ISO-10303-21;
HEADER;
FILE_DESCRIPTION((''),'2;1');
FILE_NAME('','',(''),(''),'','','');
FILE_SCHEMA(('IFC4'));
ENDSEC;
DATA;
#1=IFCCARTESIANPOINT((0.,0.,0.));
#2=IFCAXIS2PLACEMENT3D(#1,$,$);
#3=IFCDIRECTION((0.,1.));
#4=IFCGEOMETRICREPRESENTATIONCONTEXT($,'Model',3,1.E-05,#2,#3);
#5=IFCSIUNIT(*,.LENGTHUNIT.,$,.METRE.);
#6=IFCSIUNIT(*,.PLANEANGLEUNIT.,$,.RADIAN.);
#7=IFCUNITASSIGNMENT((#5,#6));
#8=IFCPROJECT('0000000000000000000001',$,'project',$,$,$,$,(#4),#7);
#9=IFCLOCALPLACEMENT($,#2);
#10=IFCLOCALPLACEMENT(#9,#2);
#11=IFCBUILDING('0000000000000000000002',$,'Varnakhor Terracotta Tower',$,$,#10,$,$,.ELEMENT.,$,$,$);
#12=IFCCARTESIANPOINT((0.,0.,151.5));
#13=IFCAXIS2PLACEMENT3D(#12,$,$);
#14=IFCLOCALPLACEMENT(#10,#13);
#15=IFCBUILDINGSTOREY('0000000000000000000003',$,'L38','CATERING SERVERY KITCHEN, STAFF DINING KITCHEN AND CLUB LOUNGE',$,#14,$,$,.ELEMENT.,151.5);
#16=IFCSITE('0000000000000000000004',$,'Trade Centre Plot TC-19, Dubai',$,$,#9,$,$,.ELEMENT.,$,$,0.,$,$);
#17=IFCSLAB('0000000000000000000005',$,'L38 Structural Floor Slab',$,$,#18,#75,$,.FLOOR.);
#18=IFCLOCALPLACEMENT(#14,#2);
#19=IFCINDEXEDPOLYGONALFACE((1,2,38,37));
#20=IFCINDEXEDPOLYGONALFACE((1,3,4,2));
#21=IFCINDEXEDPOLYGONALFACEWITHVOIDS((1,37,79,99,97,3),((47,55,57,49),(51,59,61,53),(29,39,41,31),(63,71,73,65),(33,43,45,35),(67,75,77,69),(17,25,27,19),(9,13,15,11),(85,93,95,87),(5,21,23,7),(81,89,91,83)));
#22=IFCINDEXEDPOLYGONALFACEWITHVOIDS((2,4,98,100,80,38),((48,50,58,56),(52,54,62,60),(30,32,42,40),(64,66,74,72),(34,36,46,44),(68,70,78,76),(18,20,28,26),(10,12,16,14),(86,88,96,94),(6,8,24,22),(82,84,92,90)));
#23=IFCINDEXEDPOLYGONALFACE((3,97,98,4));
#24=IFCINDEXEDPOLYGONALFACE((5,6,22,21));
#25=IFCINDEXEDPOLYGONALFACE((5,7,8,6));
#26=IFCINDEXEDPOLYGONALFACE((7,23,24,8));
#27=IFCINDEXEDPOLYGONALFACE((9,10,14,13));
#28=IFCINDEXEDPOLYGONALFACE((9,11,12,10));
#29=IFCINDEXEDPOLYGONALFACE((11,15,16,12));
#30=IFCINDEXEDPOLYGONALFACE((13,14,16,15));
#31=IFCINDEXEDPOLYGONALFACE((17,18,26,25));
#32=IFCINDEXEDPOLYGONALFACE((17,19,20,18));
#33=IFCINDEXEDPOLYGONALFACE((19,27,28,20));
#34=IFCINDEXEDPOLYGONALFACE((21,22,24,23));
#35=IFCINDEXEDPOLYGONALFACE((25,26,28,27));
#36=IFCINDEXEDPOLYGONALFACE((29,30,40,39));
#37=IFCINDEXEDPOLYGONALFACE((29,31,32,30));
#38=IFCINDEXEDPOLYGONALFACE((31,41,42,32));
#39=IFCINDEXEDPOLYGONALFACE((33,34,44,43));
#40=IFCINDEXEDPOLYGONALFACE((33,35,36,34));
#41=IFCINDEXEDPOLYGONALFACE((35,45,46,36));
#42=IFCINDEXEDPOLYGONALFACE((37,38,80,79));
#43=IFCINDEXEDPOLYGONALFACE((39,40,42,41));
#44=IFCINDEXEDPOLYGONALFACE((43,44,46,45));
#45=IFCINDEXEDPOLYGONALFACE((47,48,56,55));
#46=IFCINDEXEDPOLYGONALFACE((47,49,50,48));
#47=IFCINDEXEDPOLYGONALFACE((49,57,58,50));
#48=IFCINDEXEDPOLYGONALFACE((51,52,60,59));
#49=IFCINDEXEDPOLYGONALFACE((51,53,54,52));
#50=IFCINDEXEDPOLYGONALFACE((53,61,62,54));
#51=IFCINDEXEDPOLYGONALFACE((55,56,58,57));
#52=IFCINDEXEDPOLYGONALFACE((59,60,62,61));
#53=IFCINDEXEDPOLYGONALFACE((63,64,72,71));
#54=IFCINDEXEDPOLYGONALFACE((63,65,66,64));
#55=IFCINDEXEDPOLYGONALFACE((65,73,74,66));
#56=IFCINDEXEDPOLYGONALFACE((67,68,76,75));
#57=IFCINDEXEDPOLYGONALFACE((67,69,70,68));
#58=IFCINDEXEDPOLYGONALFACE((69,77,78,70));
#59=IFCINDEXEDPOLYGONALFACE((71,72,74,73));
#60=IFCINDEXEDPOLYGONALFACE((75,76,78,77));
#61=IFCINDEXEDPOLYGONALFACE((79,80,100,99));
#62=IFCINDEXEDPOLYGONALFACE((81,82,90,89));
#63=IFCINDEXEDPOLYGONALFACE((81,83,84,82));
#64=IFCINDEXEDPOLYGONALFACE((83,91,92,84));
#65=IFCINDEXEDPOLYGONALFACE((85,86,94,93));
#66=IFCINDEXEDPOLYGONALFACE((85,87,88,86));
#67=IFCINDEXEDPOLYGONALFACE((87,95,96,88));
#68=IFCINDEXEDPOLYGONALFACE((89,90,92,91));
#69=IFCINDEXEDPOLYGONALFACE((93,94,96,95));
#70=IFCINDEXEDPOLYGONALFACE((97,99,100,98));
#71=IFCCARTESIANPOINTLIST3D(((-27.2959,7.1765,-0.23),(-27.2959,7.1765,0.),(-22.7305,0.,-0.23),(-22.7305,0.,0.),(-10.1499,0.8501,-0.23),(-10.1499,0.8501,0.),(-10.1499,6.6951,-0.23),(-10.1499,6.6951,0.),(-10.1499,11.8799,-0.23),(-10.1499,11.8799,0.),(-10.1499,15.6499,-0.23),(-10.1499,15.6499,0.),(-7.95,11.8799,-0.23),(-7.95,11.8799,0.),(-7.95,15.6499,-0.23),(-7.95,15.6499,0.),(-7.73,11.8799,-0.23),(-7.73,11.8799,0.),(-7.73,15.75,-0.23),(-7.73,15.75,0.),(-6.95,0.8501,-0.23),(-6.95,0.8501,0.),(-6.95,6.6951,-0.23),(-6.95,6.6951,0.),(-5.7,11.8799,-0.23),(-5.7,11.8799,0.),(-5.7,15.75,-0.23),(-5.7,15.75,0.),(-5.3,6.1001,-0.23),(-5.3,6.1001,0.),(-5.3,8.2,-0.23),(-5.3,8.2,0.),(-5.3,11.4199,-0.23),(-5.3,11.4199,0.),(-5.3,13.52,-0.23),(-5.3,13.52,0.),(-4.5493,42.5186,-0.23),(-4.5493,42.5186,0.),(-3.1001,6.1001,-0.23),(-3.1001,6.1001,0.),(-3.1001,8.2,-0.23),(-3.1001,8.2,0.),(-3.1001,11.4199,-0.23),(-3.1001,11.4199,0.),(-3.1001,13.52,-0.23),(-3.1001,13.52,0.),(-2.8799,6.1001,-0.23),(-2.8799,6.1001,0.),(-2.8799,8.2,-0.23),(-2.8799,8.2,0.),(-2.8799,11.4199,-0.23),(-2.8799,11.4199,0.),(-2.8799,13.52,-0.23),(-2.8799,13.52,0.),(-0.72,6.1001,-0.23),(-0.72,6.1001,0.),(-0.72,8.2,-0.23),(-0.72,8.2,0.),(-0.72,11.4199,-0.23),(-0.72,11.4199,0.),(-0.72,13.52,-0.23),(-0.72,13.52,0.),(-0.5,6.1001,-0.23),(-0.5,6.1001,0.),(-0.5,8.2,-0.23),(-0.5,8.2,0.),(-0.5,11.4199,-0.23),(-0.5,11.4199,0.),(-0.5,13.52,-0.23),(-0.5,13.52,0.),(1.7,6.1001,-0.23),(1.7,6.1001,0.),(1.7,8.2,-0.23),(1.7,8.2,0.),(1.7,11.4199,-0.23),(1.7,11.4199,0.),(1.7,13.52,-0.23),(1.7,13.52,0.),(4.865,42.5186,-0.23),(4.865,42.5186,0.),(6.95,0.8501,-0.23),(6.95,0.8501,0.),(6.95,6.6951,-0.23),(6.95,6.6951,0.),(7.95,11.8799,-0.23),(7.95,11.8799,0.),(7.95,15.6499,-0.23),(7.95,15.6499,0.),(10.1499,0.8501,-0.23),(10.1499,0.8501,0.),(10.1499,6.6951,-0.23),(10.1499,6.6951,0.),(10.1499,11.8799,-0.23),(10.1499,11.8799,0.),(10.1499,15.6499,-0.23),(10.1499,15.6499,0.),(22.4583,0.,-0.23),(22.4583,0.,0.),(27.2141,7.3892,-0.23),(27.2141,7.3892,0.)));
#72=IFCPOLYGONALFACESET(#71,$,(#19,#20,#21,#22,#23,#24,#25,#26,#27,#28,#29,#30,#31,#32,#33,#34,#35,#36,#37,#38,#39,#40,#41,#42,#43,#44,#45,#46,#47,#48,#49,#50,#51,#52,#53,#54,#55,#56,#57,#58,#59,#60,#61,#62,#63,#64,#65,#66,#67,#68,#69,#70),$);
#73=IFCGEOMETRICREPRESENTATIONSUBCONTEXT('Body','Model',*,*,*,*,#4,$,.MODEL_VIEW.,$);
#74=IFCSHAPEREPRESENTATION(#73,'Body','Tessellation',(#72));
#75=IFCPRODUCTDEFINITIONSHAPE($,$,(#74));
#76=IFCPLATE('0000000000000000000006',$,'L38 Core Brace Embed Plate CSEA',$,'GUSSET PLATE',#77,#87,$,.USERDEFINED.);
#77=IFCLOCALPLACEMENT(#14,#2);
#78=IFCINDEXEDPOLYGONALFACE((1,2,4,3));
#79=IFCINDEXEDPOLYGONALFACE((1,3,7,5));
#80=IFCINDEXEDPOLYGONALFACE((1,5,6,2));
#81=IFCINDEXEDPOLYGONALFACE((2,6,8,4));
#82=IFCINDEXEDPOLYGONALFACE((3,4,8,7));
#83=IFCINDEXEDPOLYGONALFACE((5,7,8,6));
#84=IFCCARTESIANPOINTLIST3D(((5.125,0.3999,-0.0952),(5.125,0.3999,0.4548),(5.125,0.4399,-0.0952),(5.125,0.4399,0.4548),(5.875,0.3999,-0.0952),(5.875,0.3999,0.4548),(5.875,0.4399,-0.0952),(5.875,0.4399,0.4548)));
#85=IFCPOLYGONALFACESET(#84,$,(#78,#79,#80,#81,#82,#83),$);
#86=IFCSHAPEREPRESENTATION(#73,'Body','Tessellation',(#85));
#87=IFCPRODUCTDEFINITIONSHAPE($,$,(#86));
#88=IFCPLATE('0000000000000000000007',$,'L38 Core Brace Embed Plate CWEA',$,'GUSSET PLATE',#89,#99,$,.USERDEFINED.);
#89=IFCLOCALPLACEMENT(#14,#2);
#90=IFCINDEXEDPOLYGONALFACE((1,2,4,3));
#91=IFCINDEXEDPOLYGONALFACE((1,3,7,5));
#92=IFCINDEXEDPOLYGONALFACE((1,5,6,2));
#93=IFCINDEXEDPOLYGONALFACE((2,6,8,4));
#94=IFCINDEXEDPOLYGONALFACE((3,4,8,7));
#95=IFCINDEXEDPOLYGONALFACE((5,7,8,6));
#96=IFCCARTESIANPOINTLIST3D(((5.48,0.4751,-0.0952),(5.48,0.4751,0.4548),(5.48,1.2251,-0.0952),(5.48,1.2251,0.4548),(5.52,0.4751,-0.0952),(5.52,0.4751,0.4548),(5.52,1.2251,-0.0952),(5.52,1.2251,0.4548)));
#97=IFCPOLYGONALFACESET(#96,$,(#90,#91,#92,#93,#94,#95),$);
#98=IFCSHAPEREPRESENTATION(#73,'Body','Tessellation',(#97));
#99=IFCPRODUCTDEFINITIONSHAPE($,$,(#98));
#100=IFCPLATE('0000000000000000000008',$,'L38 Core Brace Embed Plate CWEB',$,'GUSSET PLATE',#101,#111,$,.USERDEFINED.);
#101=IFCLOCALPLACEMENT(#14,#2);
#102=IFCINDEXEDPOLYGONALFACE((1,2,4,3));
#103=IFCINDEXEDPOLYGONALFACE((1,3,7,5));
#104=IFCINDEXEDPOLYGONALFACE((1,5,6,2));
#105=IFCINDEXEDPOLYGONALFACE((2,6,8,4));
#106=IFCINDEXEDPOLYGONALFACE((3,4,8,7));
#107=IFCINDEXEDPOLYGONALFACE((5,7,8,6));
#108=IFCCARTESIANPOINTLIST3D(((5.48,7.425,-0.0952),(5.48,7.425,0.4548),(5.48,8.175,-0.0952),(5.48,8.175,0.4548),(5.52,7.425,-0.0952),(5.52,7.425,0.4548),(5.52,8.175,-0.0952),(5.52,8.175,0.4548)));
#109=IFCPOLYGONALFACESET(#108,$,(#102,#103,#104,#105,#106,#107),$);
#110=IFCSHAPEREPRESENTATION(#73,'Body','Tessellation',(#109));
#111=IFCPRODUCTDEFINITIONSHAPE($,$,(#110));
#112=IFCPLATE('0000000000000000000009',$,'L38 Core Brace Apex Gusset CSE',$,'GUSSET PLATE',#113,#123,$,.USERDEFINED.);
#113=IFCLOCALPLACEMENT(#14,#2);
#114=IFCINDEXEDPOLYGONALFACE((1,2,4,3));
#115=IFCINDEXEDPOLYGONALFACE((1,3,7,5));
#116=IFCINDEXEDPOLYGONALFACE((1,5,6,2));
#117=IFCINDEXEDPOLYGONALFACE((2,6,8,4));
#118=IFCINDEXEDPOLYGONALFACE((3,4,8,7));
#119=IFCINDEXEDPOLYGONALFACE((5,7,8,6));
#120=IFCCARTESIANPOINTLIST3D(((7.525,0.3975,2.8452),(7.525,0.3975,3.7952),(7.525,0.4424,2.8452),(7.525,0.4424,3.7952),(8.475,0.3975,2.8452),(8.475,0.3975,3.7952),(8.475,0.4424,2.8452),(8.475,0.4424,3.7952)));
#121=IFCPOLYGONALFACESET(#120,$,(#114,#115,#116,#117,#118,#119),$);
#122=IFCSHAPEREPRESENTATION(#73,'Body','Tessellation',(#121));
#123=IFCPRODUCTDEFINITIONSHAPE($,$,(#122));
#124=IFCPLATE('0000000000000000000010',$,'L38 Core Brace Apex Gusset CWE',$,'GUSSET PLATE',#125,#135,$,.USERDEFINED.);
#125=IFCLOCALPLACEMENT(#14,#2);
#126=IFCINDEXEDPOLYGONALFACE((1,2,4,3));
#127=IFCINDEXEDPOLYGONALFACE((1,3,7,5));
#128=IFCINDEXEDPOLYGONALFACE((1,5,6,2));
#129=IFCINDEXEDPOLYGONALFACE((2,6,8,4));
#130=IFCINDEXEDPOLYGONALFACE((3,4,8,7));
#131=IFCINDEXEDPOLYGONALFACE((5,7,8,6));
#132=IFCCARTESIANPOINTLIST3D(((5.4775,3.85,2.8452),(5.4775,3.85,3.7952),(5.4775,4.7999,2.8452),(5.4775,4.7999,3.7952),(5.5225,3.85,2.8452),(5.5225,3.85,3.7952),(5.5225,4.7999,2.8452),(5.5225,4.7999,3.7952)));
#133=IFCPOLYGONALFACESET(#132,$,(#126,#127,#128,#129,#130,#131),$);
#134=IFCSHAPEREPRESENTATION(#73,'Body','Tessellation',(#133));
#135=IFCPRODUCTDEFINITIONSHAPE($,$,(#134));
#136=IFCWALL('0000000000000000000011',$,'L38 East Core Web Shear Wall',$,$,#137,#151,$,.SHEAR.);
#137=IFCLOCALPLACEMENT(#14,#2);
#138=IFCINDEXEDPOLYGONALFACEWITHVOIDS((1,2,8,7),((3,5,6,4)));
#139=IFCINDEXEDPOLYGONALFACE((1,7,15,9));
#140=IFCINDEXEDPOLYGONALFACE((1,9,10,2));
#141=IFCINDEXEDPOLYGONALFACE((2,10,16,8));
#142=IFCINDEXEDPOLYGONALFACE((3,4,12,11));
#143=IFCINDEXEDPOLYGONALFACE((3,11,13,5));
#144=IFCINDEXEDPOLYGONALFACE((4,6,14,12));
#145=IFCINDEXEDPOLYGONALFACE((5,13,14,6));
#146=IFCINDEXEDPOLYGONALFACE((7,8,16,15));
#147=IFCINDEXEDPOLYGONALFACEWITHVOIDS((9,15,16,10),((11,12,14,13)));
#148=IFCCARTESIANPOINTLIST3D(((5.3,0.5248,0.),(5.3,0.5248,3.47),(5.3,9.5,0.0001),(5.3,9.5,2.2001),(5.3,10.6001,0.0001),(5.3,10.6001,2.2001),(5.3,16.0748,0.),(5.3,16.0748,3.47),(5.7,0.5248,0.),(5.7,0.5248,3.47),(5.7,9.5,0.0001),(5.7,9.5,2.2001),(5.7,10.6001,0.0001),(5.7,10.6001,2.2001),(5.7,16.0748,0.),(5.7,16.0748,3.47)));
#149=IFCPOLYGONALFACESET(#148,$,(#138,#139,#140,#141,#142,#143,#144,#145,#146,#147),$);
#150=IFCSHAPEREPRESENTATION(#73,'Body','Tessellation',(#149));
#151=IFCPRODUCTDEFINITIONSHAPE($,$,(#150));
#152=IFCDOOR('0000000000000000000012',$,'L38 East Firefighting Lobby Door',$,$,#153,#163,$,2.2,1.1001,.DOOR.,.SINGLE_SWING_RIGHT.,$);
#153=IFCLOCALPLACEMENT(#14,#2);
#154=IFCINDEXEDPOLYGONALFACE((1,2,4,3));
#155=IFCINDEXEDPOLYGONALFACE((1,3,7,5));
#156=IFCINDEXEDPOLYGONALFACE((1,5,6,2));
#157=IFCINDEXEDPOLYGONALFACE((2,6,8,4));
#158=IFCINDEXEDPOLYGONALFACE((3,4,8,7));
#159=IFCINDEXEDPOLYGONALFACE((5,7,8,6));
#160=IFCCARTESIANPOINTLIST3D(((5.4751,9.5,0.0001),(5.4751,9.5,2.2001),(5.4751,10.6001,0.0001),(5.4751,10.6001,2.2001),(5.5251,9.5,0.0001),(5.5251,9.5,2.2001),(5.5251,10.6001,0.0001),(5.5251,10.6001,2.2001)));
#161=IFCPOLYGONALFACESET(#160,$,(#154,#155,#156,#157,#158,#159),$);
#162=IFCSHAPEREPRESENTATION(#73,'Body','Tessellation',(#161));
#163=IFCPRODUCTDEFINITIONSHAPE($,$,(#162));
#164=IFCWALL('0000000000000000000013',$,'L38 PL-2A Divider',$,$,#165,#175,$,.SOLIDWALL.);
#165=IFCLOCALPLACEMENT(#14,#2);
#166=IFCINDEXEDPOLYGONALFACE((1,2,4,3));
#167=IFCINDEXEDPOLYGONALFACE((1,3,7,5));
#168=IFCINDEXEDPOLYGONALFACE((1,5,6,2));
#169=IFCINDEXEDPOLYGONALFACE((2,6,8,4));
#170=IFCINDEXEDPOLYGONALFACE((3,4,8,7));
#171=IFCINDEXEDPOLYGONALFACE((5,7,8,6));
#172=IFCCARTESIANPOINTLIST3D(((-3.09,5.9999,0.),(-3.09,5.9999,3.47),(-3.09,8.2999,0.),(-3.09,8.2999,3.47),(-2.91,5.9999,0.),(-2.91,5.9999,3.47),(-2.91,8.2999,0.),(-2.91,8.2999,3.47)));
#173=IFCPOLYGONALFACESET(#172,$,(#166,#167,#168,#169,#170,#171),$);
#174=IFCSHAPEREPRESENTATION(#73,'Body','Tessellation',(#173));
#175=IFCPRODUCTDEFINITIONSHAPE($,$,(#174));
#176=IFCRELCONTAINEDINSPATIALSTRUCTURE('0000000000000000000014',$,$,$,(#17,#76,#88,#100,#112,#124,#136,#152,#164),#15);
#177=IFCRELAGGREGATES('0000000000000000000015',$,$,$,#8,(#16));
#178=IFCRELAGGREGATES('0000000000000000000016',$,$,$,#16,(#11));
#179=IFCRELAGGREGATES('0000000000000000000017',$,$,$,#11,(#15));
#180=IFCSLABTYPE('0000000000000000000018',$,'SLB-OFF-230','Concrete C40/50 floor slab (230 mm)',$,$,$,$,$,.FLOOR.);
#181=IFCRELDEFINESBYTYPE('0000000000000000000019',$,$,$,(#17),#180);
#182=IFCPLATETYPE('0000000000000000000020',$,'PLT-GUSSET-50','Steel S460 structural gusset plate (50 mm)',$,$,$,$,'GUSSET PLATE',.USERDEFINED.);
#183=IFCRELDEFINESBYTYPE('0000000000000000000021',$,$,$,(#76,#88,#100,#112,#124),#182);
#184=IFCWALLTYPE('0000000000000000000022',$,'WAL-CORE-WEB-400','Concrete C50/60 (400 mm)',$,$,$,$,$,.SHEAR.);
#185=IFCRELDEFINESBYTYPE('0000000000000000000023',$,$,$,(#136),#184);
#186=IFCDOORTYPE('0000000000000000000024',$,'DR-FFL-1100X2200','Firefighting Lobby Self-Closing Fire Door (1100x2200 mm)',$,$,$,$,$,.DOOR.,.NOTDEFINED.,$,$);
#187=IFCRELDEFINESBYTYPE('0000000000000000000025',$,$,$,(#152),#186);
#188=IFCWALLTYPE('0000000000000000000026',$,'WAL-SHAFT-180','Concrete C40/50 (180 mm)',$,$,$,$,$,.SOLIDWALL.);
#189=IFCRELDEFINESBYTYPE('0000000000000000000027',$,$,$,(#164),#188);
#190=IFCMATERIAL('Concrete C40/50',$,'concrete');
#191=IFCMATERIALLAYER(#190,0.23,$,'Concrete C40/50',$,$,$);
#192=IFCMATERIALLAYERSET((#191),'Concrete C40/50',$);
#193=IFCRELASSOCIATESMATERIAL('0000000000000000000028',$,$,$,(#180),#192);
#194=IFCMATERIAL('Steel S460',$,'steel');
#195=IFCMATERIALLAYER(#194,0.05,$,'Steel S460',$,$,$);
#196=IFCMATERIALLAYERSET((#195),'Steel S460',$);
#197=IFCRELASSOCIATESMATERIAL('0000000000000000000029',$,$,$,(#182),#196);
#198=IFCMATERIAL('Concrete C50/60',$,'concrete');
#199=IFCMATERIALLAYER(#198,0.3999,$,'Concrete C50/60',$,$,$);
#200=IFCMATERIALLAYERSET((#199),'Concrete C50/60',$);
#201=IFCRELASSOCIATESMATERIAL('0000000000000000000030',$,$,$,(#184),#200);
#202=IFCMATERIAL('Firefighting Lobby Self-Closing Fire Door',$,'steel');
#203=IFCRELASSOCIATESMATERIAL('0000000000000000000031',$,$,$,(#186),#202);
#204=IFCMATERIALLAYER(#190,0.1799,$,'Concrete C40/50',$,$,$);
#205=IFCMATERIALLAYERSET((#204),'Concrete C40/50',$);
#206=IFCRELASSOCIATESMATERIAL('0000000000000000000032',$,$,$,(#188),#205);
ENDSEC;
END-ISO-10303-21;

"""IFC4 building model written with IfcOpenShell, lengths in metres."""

from ifc_helpers import new_model, si_unit, direction, frame, frame_2d, origin, origin_2d, place, context, subcontext, project, spatial, polyline, rectangle, outline, extrude, source, transform, mapped, material, layer, layer_set, type_object, type_shapes, element, fill, save


model = new_model("IFC4")

# Units and contexts
model_context = context("Model", 3, precision=1e-05, world=origin(), true_north=direction((0.0, 1.0)))
body_context = subcontext(model_context, "Body", "Model", "MODEL_VIEW")
ifc_project = project(units=[si_unit("LENGTHUNIT", "METRE"), si_unit("PLANEANGLEUNIT", "RADIAN")], contexts=[model_context])

# Site, building, storey
site_placement = place(None, origin())
site = spatial("IfcSite", under=ifc_project, at=site_placement, Name="Trade Centre Plot TC-19, Dubai", CompositionType="ELEMENT", RefElevation=0.0)
building_placement = place(site_placement, origin())
building = spatial("IfcBuilding", under=site, at=building_placement, Name="Varnakhor Terracotta Tower", CompositionType="ELEMENT")
storey_placement = place(building_placement, frame((0.0, 0.0, 151.5)))
storey = spatial("IfcBuildingStorey", under=building, at=storey_placement, Name="L38", Description="CATERING SERVERY KITCHEN, STAFF DINING KITCHEN AND CLUB LOUNGE", CompositionType="ELEMENT", Elevation=151.5)

# Shared definitions
ifc_material_1 = material(Name="Concrete C50/60", Category="concrete")

# Shared definitions
ifc_material_2 = material(Name="Steel S460", Category="steel")

# Shared definitions
ifc_material_3 = material(Name="Concrete C40/50", Category="concrete")

# Slab
ifc_layer_1 = layer(ifc_material_3, 0.23, Name="Concrete C40/50")
ifc_layer_set_1 = layer_set([ifc_layer_1], Name="Concrete C40/50")
slab_type_1 = type_object("IfcSlabType", Name="SLB-OFF-230", Description="Concrete C40/50 floor slab (230 mm)", PredefinedType="FLOOR", material=ifc_layer_set_1)
slab_1_placement = place(storey_placement, frame((0.0, 0.0, -0.23)))
element("IfcSlab", 1, at=slab_1_placement, inside=storey, type_object=slab_type_1, Name="L38 Structural Floor Slab", PredefinedType="FLOOR", context=body_context, shape_type="SweptSolid", body=[
    extrude(outline(polyline([(-27.2959, 7.1765), (-4.5493, 42.5186), (4.865, 42.5186), (27.2141, 7.3892), (22.4583, 0.0), (-22.7305, 0.0), (-27.2959, 7.1765)]), holes=[polyline([(-6.95, 0.8501), (-6.95, 6.6951), (-10.1499, 6.6951), (-10.1499, 0.8501), (-6.95, 0.8501)]), polyline([(-3.1001, 6.1001), (-3.1001, 8.2), (-5.3, 8.2), (-5.3, 6.1001), (-3.1001, 6.1001)]), polyline([(-0.72, 6.1001), (-0.72, 8.2), (-2.8799, 8.2), (-2.8799, 6.1001), (-0.72, 6.1001)]), polyline([(-5.3, 11.4199), (-3.1001, 11.4199), (-3.1001, 13.52), (-5.3, 13.52), (-5.3, 11.4199)]), polyline([(-10.1499, 11.8799), (-7.95, 11.8799), (-7.95, 15.6499), (-10.1499, 15.6499), (-10.1499, 11.8799)]), polyline([(-5.7, 11.8799), (-5.7, 15.75), (-7.73, 15.75), (-7.73, 11.8799), (-5.7, 11.8799)]), polyline([(6.95, 0.8501), (10.1499, 0.8501), (10.1499, 6.6951), (6.95, 6.6951), (6.95, 0.8501)]), polyline([(-0.5, 6.1001), (1.7, 6.1001), (1.7, 8.2), (-0.5, 8.2), (-0.5, 6.1001)]), polyline([(-0.72, 11.4199), (-0.72, 13.52), (-2.8799, 13.52), (-2.8799, 11.4199), (-0.72, 11.4199)]), polyline([(-0.5, 11.4199), (1.7, 11.4199), (1.7, 13.52), (-0.5, 13.52), (-0.5, 11.4199)]), polyline([(7.95, 11.8799), (10.1499, 11.8799), (10.1499, 15.6499), (7.95, 15.6499), (7.95, 11.8799)])]), origin(), (0.0, 0.0, 1.0), 0.23),
])

# Plates
ifc_layer_2 = layer(ifc_material_2, 0.05, Name="Steel S460")
ifc_layer_set_2 = layer_set([ifc_layer_2], Name="Steel S460")
plate_type = type_object("IfcPlateType", Name="PLT-GUSSET-50", Description="Steel S460 structural gusset plate (50 mm)", ElementType="GUSSET PLATE", PredefinedType="USERDEFINED", material=ifc_layer_set_2)
shared_shape_1 = source(origin(), body_context, "Body", "SweptSolid", [
    extrude(rectangle(XDim=0.75, YDim=0.04, at=origin_2d()), origin(), (0.0, 0.0, 1.0), 0.55),
])
type_shapes(plate_type, [shared_shape_1])
for number, where, z_axis, x_axis, name in (
    (2, (5.5, 0.4199, -0.0952), (0.0, 0.0, 1.0), (1.0, 0.0, 0.0), "L38 Core Brace Embed Plate CSEA"),
    (3, (5.5, 0.8501, -0.0952), (0.0, 0.0, 1.0), (0.0, 1.0, 0.0), "L38 Core Brace Embed Plate CWEA"),
    (4, (5.5, 7.8, -0.0952), (0.0, 0.0, 1.0), (0.0, 1.0, 0.0), "L38 Core Brace Embed Plate CWEB"),
):
    element("IfcPlate", number, at=place(storey_placement, frame(where, z_axis=z_axis, x_axis=x_axis)), inside=storey, type_object=plate_type, Name=name, ObjectType="GUSSET PLATE", PredefinedType="USERDEFINED", context=body_context, shape_type="MappedRepresentation", body=[
        mapped(shared_shape_1, transform((0.0, 0.0, 0.0), scale=1.0)),
    ])
shared_shape_2 = source(origin(), body_context, "Body", "SweptSolid", [
    extrude(rectangle(XDim=0.95, YDim=0.0449, at=origin_2d()), origin(), (0.0, 0.0, 1.0), 0.95),
])
for number, where, z_axis, x_axis, name in (
    (5, (8.0, 0.4199, 2.8452), (0.0, 0.0, 1.0), (1.0, 0.0, 0.0), "L38 Core Brace Apex Gusset CSE"),
    (6, (5.5, 4.325, 2.8452), (0.0, 0.0, 1.0), (0.0, 1.0, 0.0), "L38 Core Brace Apex Gusset CWE"),
):
    element("IfcPlate", number, at=place(storey_placement, frame(where, z_axis=z_axis, x_axis=x_axis)), inside=storey, type_object=plate_type, Name=name, ObjectType="GUSSET PLATE", PredefinedType="USERDEFINED", context=body_context, shape_type="MappedRepresentation", body=[
        mapped(shared_shape_2, transform((0.0, 0.0, 0.0), scale=1.0)),
    ])

# Wall, opening, door
ifc_layer_3 = layer(ifc_material_1, 0.3999, Name="Concrete C50/60")
ifc_layer_set_3 = layer_set([ifc_layer_3], Name="Concrete C50/60")
wall_type_1 = type_object("IfcWallType", Name="WAL-CORE-WEB-400", Description="Concrete C50/60 (400 mm)", PredefinedType="SHEAR", material=ifc_layer_set_3)
wall_1_placement = place(storey_placement, frame((5.5, 0.5249, 0.0), z_axis=(0.0, 0.0, 1.0), x_axis=(0.0, 1.0, 0.0)))
wall_1 = element("IfcWall", 7, at=wall_1_placement, inside=storey, type_object=wall_type_1, Name="L38 East Core Web Shear Wall", PredefinedType="SHEAR", context=body_context, shape_type="SweptSolid", body=[
    extrude(rectangle(XDim=15.55, YDim=0.3999, at=frame_2d((7.7749, 0.0))), origin(), (0.0, 0.0, 1.0), 3.47),
])
opening_1_placement = place(wall_1_placement, frame((8.9751, 0.0, 0.0)))
opening_1 = element("IfcOpeningElement", 8, at=opening_1_placement, cuts=wall_1, PredefinedType="OPENING", context=body_context, shape_type="SweptSolid", body=[
    extrude(rectangle(XDim=1.1001, YDim=2.2, at=frame_2d((0.55, 1.1001))), frame((0.0, 0.21, 0.0), z_axis=(0.0, -1.0, 0.0), x_axis=(1.0, 0.0, 0.0)), (0.0, 0.0, 1.0), 0.4199),
])
ifc_material_4 = material(Name="Firefighting Lobby Self-Closing Fire Door", Category="steel")
door_type_1 = type_object("IfcDoorType", Name="DR-FFL-1100X2200", Description="Firefighting Lobby Self-Closing Fire Door (1100x2200 mm)", OperationType="NOTDEFINED", PredefinedType="DOOR", material=ifc_material_4)
shared_shape_3 = source(origin(), body_context, "Body", "SweptSolid", [
    extrude(rectangle(XDim=1.1001, YDim=2.2, at=frame_2d((0.55, 1.1001))), frame((0.0, 0.0249, 0.0), z_axis=(0.0, -1.0, 0.0), x_axis=(1.0, 0.0, 0.0)), (0.0, 0.0, 1.0), 0.05),
])
type_shapes(door_type_1, [shared_shape_3])
door_1_placement = place(opening_1_placement, origin())
door_1 = element("IfcDoor", 9, at=door_1_placement, inside=storey, type_object=door_type_1, Name="L38 East Firefighting Lobby Door", OperationType="SINGLE_SWING_RIGHT", OverallHeight=2.2, OverallWidth=1.1001, PredefinedType="DOOR", context=body_context, shape_type="MappedRepresentation", body=[
    mapped(shared_shape_3, transform((0.0, 0.0, 0.0), scale=1.0)),
])
fill(opening_1, door_1)

# Wall
ifc_layer_4 = layer(ifc_material_3, 0.1799, Name="Concrete C40/50")
ifc_layer_set_4 = layer_set([ifc_layer_4], Name="Concrete C40/50")
wall_type_2 = type_object("IfcWallType", Name="WAL-SHAFT-180", Description="Concrete C40/50 (180 mm)", PredefinedType="SOLIDWALL", material=ifc_layer_set_4)
for number, where, z_axis, x_axis, name in (
    (10, (-3.0, 6.0, 0.0), (0.0, 0.0, 1.0), (0.0, 1.0, 0.0), "L38 PL-2A Divider"),
):
    element("IfcWall", number, at=place(storey_placement, frame(where, z_axis=z_axis, x_axis=x_axis)), inside=storey, type_object=wall_type_2, Name=name, PredefinedType="SOLIDWALL", context=body_context, shape_type="SweptSolid", body=[
        extrude(rectangle(XDim=2.3, YDim=0.1799, at=frame_2d((1.1499, 0.0))), origin(), (0.0, 0.0, 1.0), 3.47),
    ])

save(model, "model.ifc")
